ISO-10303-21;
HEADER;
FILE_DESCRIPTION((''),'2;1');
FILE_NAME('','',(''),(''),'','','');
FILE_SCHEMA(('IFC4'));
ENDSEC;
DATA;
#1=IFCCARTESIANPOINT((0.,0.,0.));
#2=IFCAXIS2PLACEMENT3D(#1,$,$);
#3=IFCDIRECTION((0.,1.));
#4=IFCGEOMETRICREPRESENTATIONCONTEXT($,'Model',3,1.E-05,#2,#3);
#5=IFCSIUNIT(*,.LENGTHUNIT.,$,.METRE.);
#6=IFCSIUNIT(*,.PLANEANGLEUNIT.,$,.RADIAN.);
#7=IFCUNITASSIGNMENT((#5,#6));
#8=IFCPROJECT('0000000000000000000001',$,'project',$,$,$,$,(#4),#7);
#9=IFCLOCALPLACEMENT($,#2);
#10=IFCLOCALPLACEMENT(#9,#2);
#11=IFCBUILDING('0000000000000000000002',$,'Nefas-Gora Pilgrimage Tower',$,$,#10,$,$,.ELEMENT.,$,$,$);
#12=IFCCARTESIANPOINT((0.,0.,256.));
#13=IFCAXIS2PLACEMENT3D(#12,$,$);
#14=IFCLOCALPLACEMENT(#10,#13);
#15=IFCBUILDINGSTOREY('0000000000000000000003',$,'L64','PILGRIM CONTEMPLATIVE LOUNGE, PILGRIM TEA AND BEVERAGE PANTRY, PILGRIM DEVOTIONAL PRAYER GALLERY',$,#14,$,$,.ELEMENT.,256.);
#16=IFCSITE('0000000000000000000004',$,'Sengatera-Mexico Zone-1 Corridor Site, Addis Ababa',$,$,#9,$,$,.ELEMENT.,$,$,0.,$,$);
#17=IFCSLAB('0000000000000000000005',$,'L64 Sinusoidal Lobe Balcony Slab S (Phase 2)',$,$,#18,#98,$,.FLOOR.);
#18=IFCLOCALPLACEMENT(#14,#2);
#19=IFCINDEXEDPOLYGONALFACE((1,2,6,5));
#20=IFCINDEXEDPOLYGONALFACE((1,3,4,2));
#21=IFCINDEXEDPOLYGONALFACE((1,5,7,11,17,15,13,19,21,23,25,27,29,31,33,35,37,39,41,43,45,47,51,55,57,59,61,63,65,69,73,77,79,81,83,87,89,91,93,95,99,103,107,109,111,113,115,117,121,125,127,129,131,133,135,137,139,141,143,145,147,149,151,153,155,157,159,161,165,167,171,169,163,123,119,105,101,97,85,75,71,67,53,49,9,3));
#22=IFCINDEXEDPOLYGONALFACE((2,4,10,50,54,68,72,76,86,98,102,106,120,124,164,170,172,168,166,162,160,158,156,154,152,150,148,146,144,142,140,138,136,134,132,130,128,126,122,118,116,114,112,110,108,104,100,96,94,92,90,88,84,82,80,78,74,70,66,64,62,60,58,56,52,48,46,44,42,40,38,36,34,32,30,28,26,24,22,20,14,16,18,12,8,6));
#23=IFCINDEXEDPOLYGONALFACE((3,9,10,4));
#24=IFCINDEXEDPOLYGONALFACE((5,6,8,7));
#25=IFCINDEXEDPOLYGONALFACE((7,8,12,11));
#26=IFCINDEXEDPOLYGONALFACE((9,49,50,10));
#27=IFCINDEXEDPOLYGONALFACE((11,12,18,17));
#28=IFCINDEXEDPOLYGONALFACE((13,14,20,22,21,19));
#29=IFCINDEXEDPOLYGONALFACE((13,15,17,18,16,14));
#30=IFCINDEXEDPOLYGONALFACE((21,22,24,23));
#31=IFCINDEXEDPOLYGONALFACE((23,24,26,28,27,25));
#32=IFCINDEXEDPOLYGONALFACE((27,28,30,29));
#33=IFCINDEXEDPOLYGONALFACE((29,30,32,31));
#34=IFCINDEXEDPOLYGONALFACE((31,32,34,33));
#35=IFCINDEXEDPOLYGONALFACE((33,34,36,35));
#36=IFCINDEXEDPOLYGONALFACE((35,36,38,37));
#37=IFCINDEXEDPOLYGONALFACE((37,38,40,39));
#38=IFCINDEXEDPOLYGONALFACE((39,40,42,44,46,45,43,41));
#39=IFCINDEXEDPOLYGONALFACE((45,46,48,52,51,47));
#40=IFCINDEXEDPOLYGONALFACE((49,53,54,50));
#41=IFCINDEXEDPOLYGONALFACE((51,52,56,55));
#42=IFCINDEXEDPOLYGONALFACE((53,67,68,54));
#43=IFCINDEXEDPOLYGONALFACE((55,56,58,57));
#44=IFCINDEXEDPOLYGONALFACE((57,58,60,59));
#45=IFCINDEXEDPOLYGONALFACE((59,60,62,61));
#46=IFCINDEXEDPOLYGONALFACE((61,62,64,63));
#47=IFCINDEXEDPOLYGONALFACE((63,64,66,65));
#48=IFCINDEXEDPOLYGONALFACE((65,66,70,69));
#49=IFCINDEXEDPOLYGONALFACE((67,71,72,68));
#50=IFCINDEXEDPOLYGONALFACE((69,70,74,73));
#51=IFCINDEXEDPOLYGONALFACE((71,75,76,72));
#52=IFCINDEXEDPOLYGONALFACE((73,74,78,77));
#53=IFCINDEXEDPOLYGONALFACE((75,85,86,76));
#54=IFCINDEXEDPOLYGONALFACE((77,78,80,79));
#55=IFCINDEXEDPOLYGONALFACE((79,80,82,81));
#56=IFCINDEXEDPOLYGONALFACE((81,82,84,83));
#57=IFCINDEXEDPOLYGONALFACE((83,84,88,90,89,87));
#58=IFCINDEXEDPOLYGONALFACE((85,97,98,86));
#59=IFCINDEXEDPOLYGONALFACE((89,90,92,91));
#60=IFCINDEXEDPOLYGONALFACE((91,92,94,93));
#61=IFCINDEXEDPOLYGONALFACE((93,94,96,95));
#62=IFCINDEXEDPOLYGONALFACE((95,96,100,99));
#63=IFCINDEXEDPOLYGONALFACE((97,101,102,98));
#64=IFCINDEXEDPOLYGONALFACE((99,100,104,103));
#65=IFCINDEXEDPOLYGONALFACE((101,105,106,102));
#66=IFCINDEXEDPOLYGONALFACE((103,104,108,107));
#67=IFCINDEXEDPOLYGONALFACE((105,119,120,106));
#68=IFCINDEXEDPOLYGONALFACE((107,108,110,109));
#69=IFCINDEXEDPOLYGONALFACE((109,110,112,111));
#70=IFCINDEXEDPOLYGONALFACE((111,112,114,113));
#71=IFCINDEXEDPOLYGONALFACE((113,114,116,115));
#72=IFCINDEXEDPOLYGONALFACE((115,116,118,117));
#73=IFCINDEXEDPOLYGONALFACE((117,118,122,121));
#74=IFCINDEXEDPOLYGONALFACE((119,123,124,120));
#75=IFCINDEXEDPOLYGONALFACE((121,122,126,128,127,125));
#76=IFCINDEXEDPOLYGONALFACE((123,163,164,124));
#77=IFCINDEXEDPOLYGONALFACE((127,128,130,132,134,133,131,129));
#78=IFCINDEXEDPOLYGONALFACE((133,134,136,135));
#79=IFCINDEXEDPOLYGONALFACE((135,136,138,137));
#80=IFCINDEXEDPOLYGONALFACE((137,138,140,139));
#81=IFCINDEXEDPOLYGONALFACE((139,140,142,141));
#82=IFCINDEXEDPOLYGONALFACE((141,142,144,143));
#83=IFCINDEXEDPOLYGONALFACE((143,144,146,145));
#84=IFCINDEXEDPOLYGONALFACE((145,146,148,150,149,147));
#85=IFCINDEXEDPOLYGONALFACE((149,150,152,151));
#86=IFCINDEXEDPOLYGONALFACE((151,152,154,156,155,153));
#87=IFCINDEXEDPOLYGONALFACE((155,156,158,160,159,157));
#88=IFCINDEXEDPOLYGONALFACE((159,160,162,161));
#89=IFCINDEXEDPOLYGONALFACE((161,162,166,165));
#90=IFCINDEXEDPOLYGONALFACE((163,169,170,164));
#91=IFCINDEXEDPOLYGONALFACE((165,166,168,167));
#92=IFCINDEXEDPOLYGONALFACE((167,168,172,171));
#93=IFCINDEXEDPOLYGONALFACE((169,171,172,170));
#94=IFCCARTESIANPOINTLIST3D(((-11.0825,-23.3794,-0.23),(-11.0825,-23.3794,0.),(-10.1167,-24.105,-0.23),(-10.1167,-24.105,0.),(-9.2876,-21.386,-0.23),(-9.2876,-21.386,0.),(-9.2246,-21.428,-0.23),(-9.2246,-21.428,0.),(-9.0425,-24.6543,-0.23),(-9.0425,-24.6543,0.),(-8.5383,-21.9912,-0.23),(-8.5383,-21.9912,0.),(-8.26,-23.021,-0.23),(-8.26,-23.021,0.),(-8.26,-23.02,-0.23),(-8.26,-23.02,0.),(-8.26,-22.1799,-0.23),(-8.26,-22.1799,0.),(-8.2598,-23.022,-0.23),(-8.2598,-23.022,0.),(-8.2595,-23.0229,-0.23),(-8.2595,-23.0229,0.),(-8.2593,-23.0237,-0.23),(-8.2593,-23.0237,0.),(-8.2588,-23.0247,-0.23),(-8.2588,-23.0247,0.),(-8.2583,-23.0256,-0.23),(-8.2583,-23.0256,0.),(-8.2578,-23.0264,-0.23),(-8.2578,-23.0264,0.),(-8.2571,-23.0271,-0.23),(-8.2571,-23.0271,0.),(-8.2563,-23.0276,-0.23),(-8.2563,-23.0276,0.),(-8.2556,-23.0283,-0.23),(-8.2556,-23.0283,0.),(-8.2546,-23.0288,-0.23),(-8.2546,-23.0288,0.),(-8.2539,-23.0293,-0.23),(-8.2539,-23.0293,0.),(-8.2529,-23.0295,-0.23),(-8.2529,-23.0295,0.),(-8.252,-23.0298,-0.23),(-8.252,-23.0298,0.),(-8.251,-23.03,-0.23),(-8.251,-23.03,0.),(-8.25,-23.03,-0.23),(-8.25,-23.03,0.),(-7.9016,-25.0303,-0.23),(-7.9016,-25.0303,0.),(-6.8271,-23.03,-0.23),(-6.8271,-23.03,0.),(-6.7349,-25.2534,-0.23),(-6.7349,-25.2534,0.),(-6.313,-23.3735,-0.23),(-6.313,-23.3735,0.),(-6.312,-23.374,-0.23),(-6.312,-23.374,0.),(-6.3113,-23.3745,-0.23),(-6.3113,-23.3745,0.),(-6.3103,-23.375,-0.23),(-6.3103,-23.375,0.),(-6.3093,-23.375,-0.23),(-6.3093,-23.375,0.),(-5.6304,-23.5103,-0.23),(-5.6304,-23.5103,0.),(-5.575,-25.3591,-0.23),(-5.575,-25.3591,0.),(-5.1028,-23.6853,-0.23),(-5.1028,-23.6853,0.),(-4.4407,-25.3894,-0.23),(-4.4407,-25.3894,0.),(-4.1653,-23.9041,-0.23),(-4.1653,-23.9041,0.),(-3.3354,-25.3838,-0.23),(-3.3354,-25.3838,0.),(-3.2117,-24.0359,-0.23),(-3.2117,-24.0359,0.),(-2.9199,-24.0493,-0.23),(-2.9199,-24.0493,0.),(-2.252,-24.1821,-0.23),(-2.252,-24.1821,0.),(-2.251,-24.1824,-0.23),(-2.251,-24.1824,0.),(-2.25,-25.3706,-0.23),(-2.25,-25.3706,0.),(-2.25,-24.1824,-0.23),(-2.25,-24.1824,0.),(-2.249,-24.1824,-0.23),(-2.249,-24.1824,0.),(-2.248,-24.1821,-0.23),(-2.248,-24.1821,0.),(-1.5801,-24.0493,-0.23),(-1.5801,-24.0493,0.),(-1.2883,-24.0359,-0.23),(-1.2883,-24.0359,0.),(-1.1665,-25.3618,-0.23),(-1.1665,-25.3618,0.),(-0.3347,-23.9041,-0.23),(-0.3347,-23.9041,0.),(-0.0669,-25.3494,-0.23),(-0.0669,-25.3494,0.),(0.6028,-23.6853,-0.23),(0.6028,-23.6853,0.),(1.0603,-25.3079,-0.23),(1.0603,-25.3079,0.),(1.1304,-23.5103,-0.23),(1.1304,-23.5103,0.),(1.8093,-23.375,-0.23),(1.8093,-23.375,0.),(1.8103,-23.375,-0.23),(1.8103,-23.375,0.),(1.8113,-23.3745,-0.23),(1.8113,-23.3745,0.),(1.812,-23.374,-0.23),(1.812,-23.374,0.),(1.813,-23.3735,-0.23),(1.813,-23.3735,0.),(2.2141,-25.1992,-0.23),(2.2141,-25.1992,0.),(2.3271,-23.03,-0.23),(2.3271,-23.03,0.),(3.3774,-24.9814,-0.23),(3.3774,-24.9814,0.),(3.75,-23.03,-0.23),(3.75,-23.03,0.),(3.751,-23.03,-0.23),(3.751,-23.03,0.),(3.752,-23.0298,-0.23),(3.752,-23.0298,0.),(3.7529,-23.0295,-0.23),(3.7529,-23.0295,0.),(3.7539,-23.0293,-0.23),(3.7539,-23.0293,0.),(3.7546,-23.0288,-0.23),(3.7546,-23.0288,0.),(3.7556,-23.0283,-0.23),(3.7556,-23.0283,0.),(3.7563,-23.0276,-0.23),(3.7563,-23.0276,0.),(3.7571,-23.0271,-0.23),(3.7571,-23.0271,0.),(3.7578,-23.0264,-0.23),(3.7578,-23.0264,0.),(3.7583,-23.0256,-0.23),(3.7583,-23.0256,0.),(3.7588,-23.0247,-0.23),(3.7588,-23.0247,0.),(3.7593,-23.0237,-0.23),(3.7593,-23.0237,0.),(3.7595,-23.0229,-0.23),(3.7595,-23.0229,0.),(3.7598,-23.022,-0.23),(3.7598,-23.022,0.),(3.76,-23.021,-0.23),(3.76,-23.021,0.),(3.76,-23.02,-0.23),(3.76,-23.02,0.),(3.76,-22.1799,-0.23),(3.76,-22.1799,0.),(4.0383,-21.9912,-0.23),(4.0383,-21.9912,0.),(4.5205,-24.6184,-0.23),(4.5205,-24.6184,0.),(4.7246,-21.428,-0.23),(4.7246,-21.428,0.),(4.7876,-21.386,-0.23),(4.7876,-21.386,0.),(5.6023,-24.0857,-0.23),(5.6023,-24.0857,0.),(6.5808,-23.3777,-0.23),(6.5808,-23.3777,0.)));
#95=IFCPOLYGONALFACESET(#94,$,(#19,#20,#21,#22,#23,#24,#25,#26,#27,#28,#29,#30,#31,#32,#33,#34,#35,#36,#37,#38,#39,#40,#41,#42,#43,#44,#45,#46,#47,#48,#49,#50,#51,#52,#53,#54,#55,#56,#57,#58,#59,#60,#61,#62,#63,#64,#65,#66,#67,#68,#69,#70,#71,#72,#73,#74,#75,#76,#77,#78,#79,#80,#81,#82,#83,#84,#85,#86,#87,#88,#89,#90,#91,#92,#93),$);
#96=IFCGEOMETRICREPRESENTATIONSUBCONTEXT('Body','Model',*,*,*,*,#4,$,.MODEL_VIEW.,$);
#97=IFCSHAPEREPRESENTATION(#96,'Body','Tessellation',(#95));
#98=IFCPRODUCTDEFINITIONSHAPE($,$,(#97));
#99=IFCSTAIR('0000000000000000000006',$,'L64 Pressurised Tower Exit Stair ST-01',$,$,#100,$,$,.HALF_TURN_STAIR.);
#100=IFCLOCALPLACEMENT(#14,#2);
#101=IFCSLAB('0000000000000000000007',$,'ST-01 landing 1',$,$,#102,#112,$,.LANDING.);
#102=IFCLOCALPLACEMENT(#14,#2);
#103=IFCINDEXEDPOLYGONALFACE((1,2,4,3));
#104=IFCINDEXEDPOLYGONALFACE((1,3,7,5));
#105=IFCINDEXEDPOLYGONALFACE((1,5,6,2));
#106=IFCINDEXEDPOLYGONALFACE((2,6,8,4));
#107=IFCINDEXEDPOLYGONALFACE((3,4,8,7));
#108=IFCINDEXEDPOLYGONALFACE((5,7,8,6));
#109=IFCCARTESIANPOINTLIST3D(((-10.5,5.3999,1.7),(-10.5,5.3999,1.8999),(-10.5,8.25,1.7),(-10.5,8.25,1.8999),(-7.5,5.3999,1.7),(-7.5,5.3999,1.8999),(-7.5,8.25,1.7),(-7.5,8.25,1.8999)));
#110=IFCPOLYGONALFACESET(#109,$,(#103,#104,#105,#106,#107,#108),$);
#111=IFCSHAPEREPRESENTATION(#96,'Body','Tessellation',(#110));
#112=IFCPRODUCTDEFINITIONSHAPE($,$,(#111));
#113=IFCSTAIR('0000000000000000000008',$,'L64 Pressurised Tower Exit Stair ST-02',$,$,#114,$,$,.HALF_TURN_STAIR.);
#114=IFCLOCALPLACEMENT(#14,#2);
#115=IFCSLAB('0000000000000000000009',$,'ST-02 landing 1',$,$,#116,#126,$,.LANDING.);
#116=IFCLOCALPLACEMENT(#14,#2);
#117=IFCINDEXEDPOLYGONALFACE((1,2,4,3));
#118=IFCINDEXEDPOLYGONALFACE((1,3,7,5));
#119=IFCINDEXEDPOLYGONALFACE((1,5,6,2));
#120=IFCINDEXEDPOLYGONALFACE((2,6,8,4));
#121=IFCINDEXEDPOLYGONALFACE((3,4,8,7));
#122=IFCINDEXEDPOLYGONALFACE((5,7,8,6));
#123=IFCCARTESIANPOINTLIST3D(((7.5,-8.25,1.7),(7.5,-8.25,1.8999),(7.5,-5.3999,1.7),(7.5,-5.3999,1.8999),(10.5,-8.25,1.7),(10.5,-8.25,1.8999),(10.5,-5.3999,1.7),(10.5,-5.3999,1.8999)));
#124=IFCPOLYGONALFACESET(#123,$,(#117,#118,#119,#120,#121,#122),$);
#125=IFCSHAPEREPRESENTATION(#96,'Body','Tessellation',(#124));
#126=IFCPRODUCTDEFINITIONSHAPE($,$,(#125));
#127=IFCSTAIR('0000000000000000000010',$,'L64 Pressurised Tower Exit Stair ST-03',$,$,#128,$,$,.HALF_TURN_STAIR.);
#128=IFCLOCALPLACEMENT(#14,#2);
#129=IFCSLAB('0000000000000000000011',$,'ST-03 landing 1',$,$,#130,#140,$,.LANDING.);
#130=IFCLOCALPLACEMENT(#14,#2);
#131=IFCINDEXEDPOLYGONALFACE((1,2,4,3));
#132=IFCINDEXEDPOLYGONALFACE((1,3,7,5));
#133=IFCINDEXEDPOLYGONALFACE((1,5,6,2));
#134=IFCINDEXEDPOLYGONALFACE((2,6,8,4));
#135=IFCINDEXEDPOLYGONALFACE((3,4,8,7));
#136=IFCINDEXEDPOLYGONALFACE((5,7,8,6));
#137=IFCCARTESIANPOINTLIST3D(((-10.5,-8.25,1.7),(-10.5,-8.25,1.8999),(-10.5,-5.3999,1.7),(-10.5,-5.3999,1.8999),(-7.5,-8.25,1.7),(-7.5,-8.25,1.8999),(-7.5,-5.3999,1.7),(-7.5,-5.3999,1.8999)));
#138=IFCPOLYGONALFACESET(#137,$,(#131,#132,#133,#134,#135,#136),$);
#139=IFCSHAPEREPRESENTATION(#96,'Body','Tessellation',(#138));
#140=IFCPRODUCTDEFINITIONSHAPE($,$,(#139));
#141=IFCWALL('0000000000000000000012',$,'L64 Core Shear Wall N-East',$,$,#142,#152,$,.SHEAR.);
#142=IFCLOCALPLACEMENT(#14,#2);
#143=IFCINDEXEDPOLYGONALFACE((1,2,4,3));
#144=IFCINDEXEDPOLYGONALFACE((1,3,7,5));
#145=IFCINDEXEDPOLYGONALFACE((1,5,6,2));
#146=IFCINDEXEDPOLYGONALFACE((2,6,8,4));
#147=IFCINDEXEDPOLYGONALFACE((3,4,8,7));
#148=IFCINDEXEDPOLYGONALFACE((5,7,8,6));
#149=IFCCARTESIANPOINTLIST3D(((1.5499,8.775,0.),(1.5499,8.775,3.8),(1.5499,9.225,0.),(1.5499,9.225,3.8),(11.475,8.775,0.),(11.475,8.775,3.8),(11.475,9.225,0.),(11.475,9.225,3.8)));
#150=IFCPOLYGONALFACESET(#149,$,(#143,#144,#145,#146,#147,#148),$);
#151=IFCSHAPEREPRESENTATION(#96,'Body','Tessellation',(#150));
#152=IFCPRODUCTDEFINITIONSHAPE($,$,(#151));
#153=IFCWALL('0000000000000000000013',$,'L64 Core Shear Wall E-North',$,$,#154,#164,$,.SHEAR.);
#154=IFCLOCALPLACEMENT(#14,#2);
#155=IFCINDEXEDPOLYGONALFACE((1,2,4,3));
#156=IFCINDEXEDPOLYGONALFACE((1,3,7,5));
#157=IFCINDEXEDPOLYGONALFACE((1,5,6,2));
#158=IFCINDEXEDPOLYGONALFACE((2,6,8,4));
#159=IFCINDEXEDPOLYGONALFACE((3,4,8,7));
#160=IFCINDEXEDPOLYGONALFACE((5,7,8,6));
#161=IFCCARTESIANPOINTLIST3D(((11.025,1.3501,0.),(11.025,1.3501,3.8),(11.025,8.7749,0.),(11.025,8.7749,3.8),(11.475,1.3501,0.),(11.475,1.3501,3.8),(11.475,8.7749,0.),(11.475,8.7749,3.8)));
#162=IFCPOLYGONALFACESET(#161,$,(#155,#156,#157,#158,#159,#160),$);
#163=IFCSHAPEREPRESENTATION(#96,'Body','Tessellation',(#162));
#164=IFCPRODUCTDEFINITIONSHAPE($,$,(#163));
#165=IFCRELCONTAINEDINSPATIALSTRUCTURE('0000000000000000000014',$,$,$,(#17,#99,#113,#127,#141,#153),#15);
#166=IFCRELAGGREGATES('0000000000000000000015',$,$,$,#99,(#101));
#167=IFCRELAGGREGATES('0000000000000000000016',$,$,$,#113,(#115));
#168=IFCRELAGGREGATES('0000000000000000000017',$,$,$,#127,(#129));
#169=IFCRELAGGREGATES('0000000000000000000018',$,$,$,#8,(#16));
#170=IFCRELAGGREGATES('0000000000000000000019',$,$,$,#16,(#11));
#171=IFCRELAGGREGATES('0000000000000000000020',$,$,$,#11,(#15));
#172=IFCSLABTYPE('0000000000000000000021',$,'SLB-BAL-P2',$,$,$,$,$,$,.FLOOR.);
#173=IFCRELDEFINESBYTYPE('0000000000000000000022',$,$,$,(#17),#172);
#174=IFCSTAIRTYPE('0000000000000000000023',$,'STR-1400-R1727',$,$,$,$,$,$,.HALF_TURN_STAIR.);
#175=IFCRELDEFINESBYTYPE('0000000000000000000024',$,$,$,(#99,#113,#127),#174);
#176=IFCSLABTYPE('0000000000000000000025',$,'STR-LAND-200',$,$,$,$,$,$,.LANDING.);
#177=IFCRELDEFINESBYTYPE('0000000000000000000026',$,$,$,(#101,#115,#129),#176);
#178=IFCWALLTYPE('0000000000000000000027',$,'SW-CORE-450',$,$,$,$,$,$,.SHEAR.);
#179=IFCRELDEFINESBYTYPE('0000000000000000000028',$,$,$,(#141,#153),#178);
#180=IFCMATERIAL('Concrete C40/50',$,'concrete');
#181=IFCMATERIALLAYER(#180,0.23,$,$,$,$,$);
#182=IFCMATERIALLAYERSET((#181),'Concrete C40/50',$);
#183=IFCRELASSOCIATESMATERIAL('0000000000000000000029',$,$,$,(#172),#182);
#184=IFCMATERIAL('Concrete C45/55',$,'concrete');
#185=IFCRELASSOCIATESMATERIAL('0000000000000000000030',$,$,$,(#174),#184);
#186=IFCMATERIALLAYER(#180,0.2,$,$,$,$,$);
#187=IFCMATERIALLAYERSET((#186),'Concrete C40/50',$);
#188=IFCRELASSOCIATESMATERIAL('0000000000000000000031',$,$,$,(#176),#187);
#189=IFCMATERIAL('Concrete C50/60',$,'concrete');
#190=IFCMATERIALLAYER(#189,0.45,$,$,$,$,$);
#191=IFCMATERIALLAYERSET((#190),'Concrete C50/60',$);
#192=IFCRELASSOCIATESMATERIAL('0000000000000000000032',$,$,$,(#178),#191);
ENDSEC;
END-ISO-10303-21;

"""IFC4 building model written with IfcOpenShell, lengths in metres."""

from ifc_helpers import new_model, si_unit, direction, frame, frame_2d, origin, place, context, subcontext, project, spatial, polyline, rectangle, outline, extrude, source, transform, mapped, material, layer, layer_set, type_object, element, aggregate, save


model = new_model("IFC4")

# Units and contexts
model_context = context("Model", 3, precision=1e-05, world=origin(), true_north=direction((0.0, 1.0)))
body_context = subcontext(model_context, "Body", "Model", "MODEL_VIEW")
ifc_project = project(units=[si_unit("LENGTHUNIT", "METRE"), si_unit("PLANEANGLEUNIT", "RADIAN")], contexts=[model_context])

# Site, building, storey
site_placement = place(None, origin())
site = spatial("IfcSite", under=ifc_project, at=site_placement, Name="Sengatera-Mexico Zone-1 Corridor Site, Addis Ababa", CompositionType="ELEMENT", RefElevation=0.0)
building_placement = place(site_placement, origin())
building = spatial("IfcBuilding", under=site, at=building_placement, Name="Nefas-Gora Pilgrimage Tower", CompositionType="ELEMENT")
storey_placement = place(building_placement, frame((0.0, 0.0, 256.0)))
storey = spatial("IfcBuildingStorey", under=building, at=storey_placement, Name="L64", Description="PILGRIM CONTEMPLATIVE LOUNGE, PILGRIM TEA AND BEVERAGE PANTRY, PILGRIM DEVOTIONAL PRAYER GALLERY", CompositionType="ELEMENT", Elevation=256.0)

# Slab
ifc_material_1 = material(Name="Concrete C40/50", Category="concrete")
ifc_layer_1 = layer(ifc_material_1, 0.23)
ifc_layer_set_1 = layer_set([ifc_layer_1], Name="Concrete C40/50")
slab_type_1 = type_object("IfcSlabType", Name="SLB-BAL-P2", PredefinedType="FLOOR", material=ifc_layer_set_1)
slab_1_placement = place(storey_placement, frame((0.0, 0.0, -0.23)))
element("IfcSlab", 1, at=slab_1_placement, inside=storey, type_object=slab_type_1, Name="L64 Sinusoidal Lobe Balcony Slab S (Phase 2)", PredefinedType="FLOOR", context=body_context, shape_type="SweptSolid", body=[
    extrude(outline(polyline([(4.7876, -21.386), (4.7246, -21.428), (4.0383, -21.9912), (3.76, -22.1799), (3.76, -23.02), (3.76, -23.021), (3.7598, -23.022), (3.7595, -23.0229), (3.7593, -23.0237), (3.7588, -23.0247), (3.7583, -23.0256), (3.7578, -23.0264), (3.7571, -23.0271), (3.7563, -23.0276), (3.7556, -23.0283), (3.7546, -23.0288), (3.7539, -23.0293), (3.7529, -23.0295), (3.752, -23.0298), (3.751, -23.03), (3.75, -23.03), (2.3271, -23.03), (1.813, -23.3735), (1.812, -23.374), (1.8113, -23.3745), (1.8103, -23.375), (1.8093, -23.375), (1.1304, -23.5103), (0.6028, -23.6853), (-0.3347, -23.9041), (-1.2883, -24.0359), (-1.5801, -24.0493), (-2.248, -24.1821), (-2.249, -24.1824), (-2.25, -24.1824), (-2.251, -24.1824), (-2.252, -24.1821), (-2.9199, -24.0493), (-3.2117, -24.0359), (-4.1653, -23.9041), (-5.1028, -23.6853), (-5.6304, -23.5103), (-6.3093, -23.375), (-6.3103, -23.375), (-6.3113, -23.3745), (-6.312, -23.374), (-6.313, -23.3735), (-6.8271, -23.03), (-8.25, -23.03), (-8.251, -23.03), (-8.252, -23.0298), (-8.2529, -23.0295), (-8.2539, -23.0293), (-8.2546, -23.0288), (-8.2556, -23.0283), (-8.2563, -23.0276), (-8.2571, -23.0271), (-8.2578, -23.0264), (-8.2583, -23.0256), (-8.2588, -23.0247), (-8.2593, -23.0237), (-8.2595, -23.0229), (-8.2598, -23.022), (-8.26, -23.021), (-8.26, -23.02), (-8.26, -22.1799), (-8.5383, -21.9912), (-9.2246, -21.428), (-9.2876, -21.386), (-11.0825, -23.3794), (-10.1167, -24.105), (-9.0425, -24.6543), (-7.9016, -25.0303), (-6.7349, -25.2534), (-5.575, -25.3591), (-4.4407, -25.3894), (-3.3354, -25.3838), (-2.25, -25.3706), (-1.1665, -25.3618), (-0.0669, -25.3494), (1.0603, -25.3079), (2.2141, -25.1992), (3.3774, -24.9814), (4.5205, -24.6184), (5.6023, -24.0857), (6.5808, -23.3777), (4.7876, -21.386)])), origin(), (0.0, 0.0, 1.0), 0.23),
])

# Stairs, slabs
ifc_material_2 = material(Name="Concrete C45/55", Category="concrete")
stair_type = type_object("IfcStairType", Name="STR-1400-R1727", PredefinedType="HALF_TURN_STAIR", material=ifc_material_2)
stair_1_placement = place(storey_placement, origin())
stair_1 = element("IfcStair", 2, at=stair_1_placement, inside=storey, type_object=stair_type, Name="L64 Pressurised Tower Exit Stair ST-01", PredefinedType="HALF_TURN_STAIR")
ifc_layer_2 = layer(ifc_material_1, 0.2)
ifc_layer_set_2 = layer_set([ifc_layer_2], Name="Concrete C40/50")
slab_type_2 = type_object("IfcSlabType", Name="STR-LAND-200", PredefinedType="LANDING", material=ifc_layer_set_2)
slab_2_placement = place(storey_placement, frame((0.0, 0.0, 1.7)))
slab_2 = element("IfcSlab", 3, at=slab_2_placement, type_object=slab_type_2, Name="ST-01 landing 1", PredefinedType="LANDING", context=body_context, shape_type="SweptSolid", body=[
    extrude(outline(polyline([(-7.5, 5.3999), (-7.5, 8.25), (-10.5, 8.25), (-10.5, 5.3999), (-7.5, 5.3999)])), origin(), (0.0, 0.0, 1.0), 0.2),
])
aggregate(stair_1, [slab_2])
stair_2_placement = place(storey_placement, origin())
stair_2 = element("IfcStair", 4, at=stair_2_placement, inside=storey, type_object=stair_type, Name="L64 Pressurised Tower Exit Stair ST-02", PredefinedType="HALF_TURN_STAIR")
slab_3_placement = place(storey_placement, frame((0.0, 0.0, 1.7)))
slab_3 = element("IfcSlab", 5, at=slab_3_placement, type_object=slab_type_2, Name="ST-02 landing 1", PredefinedType="LANDING", context=body_context, shape_type="SweptSolid", body=[
    extrude(outline(polyline([(7.5, -5.3999), (7.5, -8.25), (10.5, -8.25), (10.5, -5.3999), (7.5, -5.3999)])), origin(), (0.0, 0.0, 1.0), 0.2),
])
aggregate(stair_2, [slab_3])
stair_3_placement = place(storey_placement, origin())
stair_3 = element("IfcStair", 6, at=stair_3_placement, inside=storey, type_object=stair_type, Name="L64 Pressurised Tower Exit Stair ST-03", PredefinedType="HALF_TURN_STAIR")
slab_4_placement = place(storey_placement, frame((0.0, 0.0, 1.7)))
slab_4 = element("IfcSlab", 7, at=slab_4_placement, type_object=slab_type_2, Name="ST-03 landing 1", PredefinedType="LANDING", context=body_context, shape_type="SweptSolid", body=[
    extrude(outline(polyline([(-10.5, -5.3999), (-10.5, -8.25), (-7.5, -8.25), (-7.5, -5.3999), (-10.5, -5.3999)])), origin(), (0.0, 0.0, 1.0), 0.2),
])
aggregate(stair_3, [slab_4])

# Walls
ifc_material_3 = material(Name="Concrete C50/60", Category="concrete")
ifc_layer_3 = layer(ifc_material_3, 0.45)
ifc_layer_set_3 = layer_set([ifc_layer_3], Name="Concrete C50/60")
wall_type_1 = type_object("IfcWallType", Name="SW-CORE-450", PredefinedType="SHEAR", material=ifc_layer_set_3)
shared_shape_1 = source(origin(), body_context, "Body", "SweptSolid", [
    extrude(rectangle(XDim=9.925, YDim=0.45, at=frame_2d((4.9624, 0.0))), origin(), (0.0, 0.0, 1.0), 3.8),
])
wall_1_placement = place(storey_placement, frame((1.55, 9.0, 0.0), z_axis=(0.0, 0.0, 1.0), x_axis=(1.0, 0.0, 0.0)))
element("IfcWall", 8, at=wall_1_placement, inside=storey, type_object=wall_type_1, Name="L64 Core Shear Wall N-East", PredefinedType="SHEAR", context=body_context, shape_type="MappedRepresentation", body=[
    mapped(shared_shape_1, transform((0.0, 0.0, 0.0), x_axis=(1.0, 0.0, 0.0), y_axis=(0.0, 1.0, 0.0), z_axis=(0.0, 0.0, 1.0), scale=1.0)),
])
shared_shape_2 = source(origin(), body_context, "Body", "SweptSolid", [
    extrude(rectangle(XDim=7.4248, YDim=0.45, at=frame_2d((3.7124, 0.0))), origin(), (0.0, 0.0, 1.0), 3.8),
])
wall_2_placement = place(storey_placement, frame((11.25, 1.3501, 0.0), z_axis=(0.0, 0.0, 1.0), x_axis=(0.0, 1.0, 0.0)))
element("IfcWall", 9, at=wall_2_placement, inside=storey, type_object=wall_type_1, Name="L64 Core Shear Wall E-North", PredefinedType="SHEAR", context=body_context, shape_type="MappedRepresentation", body=[
    mapped(shared_shape_2, transform((0.0, 0.0, 0.0), x_axis=(1.0, 0.0, 0.0), y_axis=(0.0, 1.0, 0.0), z_axis=(0.0, 0.0, 1.0), scale=1.0)),
])

save(model, "model.ifc")
